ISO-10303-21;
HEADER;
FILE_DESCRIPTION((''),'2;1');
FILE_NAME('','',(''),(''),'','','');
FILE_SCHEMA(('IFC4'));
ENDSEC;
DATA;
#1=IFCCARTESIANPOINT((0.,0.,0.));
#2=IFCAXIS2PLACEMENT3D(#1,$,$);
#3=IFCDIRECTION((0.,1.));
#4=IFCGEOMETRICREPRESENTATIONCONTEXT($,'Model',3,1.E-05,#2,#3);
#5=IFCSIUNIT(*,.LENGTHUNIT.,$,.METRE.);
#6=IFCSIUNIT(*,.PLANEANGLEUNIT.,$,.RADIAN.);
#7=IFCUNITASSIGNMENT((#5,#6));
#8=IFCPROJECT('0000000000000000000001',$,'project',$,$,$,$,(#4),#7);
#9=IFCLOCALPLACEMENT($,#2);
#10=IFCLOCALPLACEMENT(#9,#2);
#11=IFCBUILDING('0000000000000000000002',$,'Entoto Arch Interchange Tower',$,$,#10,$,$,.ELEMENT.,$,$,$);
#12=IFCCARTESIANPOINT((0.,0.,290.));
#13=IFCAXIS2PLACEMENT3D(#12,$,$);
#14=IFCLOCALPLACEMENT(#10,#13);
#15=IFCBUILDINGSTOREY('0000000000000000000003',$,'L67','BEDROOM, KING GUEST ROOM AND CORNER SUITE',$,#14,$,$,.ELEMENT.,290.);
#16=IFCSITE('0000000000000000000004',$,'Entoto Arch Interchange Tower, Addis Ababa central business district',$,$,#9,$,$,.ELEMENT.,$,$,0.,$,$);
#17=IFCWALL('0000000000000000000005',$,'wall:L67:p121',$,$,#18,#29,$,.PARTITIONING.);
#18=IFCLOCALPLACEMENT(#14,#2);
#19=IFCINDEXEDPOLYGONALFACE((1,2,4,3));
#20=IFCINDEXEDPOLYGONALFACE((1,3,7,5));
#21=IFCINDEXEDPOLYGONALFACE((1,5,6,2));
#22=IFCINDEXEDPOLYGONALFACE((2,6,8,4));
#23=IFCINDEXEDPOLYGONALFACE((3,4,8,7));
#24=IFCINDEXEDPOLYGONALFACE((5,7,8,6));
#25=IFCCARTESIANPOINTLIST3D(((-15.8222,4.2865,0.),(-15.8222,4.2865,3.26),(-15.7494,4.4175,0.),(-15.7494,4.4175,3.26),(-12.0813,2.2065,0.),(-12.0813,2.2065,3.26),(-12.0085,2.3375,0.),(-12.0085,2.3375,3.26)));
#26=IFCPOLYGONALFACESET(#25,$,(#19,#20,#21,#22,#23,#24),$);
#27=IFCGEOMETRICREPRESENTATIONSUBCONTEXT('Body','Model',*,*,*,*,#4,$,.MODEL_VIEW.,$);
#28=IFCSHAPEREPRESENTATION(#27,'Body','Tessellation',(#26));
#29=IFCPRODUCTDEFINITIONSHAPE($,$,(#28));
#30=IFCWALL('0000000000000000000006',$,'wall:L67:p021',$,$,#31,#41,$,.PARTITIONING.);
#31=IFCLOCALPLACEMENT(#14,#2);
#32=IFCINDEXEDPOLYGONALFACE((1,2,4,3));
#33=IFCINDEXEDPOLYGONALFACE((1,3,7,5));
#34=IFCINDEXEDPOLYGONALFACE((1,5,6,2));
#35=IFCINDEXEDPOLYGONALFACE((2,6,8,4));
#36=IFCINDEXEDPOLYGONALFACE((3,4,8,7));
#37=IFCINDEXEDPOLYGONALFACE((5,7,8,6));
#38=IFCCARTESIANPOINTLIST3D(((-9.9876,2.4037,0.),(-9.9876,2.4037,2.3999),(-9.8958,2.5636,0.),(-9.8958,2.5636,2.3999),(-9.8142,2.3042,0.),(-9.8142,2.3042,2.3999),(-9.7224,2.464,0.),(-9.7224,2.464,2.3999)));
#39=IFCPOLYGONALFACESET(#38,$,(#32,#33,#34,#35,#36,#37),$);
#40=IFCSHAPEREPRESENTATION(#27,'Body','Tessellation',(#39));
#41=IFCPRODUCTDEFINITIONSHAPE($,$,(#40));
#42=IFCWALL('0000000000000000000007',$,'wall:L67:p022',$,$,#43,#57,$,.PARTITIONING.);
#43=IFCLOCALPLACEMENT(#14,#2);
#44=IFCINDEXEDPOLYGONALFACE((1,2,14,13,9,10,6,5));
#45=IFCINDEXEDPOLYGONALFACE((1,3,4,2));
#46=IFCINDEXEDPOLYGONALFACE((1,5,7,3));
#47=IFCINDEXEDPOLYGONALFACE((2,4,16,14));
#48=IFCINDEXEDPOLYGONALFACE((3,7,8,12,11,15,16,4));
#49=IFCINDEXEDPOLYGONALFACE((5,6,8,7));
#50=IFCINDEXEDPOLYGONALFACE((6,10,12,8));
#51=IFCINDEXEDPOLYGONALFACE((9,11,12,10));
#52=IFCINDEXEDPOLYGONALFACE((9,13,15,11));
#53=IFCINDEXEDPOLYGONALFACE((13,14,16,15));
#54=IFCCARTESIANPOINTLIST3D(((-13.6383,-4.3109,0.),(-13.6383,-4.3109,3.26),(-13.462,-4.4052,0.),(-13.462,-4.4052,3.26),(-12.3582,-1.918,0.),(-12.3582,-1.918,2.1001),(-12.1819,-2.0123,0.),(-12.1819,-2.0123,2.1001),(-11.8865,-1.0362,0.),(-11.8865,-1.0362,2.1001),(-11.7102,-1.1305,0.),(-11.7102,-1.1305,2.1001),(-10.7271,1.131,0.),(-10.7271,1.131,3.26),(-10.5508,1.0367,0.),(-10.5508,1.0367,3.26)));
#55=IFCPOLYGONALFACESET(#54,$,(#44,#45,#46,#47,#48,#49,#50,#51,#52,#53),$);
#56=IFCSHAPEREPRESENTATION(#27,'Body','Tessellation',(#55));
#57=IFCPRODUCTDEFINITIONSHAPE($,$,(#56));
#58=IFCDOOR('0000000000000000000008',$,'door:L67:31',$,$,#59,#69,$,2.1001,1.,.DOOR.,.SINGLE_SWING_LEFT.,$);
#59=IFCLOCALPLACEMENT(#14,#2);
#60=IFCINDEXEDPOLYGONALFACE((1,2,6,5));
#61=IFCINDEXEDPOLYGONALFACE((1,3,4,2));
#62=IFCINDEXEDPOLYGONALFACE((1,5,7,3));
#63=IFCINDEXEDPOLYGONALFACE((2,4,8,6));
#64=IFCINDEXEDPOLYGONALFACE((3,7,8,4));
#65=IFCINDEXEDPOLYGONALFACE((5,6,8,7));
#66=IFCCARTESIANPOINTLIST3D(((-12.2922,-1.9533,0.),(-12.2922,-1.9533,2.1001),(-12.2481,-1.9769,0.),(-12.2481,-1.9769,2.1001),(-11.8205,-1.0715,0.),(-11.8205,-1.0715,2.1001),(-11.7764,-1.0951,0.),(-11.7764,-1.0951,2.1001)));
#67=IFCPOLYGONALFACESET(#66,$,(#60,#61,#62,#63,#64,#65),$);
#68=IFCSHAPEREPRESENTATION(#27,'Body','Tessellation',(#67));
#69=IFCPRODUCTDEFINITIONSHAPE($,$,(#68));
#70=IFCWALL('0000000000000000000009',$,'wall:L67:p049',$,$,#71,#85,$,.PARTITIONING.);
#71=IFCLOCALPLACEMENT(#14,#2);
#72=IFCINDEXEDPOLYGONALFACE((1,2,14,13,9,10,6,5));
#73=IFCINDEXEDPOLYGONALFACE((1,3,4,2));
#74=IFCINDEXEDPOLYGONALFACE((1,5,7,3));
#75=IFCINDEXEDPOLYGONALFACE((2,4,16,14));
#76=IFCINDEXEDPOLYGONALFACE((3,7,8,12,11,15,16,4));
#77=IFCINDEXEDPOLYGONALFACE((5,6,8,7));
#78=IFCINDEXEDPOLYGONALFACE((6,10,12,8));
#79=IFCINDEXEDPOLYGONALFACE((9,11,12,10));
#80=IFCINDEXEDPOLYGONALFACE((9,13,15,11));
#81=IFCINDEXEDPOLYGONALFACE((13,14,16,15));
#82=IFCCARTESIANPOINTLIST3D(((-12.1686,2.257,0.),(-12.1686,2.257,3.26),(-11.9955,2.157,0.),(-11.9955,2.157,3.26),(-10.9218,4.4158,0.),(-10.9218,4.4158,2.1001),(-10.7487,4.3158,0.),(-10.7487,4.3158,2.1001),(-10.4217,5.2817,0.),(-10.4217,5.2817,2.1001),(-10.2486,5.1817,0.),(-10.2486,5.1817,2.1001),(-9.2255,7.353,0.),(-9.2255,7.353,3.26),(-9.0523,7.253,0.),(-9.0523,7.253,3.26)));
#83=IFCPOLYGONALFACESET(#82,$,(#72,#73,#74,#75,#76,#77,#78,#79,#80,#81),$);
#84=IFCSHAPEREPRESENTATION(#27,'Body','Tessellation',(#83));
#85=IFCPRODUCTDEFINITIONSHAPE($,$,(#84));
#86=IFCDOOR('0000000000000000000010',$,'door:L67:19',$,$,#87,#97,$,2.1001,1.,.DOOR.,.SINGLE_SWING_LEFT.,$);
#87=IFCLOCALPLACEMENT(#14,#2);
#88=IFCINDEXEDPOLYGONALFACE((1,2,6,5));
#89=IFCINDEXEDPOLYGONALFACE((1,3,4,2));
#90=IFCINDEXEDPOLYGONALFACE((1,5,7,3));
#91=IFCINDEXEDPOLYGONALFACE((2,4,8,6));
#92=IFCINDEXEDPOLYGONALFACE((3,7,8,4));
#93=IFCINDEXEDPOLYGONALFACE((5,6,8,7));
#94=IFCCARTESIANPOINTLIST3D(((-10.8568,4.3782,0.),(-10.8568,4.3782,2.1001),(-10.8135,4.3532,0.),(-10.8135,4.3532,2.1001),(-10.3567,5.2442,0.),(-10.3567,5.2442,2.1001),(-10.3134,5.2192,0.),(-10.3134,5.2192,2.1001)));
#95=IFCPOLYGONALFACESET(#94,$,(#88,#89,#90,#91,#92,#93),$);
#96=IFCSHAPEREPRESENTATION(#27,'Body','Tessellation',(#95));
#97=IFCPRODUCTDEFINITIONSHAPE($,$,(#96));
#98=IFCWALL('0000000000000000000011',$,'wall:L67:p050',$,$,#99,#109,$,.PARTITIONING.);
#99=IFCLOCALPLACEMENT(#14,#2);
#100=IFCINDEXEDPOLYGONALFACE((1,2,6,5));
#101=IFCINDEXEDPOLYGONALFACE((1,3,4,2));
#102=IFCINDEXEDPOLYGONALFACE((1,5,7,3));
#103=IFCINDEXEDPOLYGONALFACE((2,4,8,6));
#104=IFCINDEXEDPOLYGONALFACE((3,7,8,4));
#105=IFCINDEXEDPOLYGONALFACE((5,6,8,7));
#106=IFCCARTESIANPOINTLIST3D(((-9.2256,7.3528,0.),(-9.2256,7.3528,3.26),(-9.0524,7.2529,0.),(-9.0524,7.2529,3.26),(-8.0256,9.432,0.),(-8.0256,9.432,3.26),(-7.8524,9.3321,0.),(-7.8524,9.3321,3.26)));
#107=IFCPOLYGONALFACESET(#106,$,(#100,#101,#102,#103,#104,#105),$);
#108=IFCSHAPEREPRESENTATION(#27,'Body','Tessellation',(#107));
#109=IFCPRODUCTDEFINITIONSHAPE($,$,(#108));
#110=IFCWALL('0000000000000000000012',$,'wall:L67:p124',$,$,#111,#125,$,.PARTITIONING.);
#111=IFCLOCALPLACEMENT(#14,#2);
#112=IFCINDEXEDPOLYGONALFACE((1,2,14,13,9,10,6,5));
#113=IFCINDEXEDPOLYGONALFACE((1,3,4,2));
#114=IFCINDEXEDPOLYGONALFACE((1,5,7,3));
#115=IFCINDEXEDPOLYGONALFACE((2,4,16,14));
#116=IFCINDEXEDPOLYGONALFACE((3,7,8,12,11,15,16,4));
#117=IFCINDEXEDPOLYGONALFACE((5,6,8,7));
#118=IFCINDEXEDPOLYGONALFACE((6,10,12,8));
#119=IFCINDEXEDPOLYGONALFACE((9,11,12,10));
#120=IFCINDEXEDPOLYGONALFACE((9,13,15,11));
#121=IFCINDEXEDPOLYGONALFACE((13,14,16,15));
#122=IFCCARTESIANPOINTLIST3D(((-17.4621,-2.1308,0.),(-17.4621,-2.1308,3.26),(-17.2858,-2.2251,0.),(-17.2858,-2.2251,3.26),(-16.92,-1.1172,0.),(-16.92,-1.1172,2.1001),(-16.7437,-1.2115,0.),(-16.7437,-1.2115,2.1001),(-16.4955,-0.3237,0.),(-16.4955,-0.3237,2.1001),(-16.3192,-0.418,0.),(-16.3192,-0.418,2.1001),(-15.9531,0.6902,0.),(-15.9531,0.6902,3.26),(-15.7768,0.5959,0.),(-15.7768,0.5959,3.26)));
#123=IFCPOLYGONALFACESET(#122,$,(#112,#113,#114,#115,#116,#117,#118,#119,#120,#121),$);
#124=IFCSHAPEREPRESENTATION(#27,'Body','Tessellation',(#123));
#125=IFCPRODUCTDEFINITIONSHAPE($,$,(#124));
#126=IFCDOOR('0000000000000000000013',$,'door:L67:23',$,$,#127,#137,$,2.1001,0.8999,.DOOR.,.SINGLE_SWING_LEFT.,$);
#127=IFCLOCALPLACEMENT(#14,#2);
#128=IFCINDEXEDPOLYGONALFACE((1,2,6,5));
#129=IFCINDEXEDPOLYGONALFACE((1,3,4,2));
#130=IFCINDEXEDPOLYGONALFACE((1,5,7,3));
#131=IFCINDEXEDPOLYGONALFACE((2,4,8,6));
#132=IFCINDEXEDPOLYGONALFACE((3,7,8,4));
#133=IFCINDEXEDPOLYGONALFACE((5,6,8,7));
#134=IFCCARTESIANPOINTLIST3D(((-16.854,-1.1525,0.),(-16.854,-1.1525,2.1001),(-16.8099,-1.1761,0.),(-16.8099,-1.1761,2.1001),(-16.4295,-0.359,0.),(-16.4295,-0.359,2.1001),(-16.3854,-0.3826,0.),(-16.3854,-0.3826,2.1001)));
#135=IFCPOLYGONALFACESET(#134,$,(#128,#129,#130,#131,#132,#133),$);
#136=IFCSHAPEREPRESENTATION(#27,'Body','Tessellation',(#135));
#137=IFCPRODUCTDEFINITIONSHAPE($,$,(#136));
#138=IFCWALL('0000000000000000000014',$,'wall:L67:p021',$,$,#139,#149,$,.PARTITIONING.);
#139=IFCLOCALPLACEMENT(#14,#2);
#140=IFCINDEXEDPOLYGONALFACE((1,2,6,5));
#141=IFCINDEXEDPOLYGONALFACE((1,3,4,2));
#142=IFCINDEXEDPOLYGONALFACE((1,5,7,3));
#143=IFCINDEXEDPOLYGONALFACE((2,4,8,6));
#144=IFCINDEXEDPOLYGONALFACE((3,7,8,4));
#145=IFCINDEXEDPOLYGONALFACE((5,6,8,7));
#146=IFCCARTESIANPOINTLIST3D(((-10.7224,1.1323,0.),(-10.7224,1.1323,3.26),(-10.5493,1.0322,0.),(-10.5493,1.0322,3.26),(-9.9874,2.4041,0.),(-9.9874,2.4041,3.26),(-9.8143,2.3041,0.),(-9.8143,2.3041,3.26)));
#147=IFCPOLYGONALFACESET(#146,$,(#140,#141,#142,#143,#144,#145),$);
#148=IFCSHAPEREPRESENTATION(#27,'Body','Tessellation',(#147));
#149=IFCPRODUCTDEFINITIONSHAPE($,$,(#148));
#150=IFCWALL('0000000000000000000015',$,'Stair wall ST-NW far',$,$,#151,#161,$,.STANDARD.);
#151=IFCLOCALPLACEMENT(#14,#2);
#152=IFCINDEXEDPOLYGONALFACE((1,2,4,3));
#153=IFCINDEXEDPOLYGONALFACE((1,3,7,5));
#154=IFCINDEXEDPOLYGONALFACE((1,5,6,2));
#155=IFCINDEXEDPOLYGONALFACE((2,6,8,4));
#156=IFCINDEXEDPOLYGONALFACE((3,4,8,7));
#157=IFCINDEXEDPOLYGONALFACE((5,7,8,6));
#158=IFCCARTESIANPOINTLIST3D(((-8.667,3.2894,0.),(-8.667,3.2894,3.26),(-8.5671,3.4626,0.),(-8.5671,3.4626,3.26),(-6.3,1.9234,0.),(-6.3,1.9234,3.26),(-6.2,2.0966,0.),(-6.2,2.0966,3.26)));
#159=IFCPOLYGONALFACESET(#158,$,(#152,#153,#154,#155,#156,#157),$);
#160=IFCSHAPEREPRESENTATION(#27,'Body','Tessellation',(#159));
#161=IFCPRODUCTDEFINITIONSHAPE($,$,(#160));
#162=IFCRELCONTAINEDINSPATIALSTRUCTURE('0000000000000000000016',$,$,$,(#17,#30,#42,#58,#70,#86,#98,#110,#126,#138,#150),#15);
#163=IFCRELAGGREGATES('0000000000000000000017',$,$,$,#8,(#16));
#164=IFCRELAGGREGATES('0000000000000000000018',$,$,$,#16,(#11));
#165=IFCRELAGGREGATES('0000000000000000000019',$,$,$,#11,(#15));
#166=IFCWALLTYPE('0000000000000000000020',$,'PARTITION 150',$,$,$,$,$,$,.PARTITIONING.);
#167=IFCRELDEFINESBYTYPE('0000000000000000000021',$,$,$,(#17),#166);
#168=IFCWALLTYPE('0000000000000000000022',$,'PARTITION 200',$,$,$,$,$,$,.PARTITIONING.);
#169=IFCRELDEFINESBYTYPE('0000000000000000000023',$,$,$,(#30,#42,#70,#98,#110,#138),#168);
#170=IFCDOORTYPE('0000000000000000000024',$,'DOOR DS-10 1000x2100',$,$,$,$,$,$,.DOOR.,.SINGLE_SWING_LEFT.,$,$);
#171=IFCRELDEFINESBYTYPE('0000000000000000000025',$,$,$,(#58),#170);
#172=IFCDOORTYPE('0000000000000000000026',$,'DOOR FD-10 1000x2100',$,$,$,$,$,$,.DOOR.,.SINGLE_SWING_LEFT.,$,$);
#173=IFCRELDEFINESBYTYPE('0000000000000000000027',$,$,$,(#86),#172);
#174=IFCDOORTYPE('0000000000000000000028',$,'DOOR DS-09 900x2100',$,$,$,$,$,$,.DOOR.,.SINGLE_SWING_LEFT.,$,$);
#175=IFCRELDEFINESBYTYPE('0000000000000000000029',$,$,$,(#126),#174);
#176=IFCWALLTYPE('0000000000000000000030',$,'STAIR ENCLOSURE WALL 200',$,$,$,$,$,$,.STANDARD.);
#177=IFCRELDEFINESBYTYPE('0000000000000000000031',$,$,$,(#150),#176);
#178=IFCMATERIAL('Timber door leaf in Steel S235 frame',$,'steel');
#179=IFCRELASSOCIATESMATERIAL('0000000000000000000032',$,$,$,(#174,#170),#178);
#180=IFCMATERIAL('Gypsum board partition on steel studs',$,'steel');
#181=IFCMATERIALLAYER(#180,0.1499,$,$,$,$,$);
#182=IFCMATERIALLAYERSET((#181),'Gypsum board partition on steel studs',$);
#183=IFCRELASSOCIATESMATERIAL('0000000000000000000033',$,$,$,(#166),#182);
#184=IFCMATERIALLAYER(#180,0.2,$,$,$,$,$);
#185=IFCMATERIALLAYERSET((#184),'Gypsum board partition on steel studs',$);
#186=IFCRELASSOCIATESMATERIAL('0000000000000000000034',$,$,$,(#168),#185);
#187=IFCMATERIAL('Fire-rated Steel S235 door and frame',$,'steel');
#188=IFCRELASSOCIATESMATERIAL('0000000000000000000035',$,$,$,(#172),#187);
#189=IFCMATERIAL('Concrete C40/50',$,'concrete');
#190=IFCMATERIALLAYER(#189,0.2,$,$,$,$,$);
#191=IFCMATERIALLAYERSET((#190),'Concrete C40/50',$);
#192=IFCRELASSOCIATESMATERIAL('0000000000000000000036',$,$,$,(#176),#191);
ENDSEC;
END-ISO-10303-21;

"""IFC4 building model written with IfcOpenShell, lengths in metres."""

from ifc_helpers import new_model, si_unit, direction, frame, frame_2d, origin, place, context, subcontext, project, spatial, rectangle, extrude, material, layer, layer_set, type_object, element, fill, save


model = new_model("IFC4")

# Units and contexts
model_context = context("Model", 3, precision=1e-05, world=origin(), true_north=direction((0.0, 1.0)))
body_context = subcontext(model_context, "Body", "Model", "MODEL_VIEW")
ifc_project = project(units=[si_unit("LENGTHUNIT", "METRE"), si_unit("PLANEANGLEUNIT", "RADIAN")], contexts=[model_context])

# Site, building, storey
site_placement = place(None, origin())
site = spatial("IfcSite", under=ifc_project, at=site_placement, Name="Entoto Arch Interchange Tower, Addis Ababa central business district", CompositionType="ELEMENT", RefElevation=0.0)
building_placement = place(site_placement, origin())
building = spatial("IfcBuilding", under=site, at=building_placement, Name="Entoto Arch Interchange Tower", CompositionType="ELEMENT")
storey_placement = place(building_placement, frame((0.0, 0.0, 290.0)))
storey = spatial("IfcBuildingStorey", under=building, at=storey_placement, Name="L67", Description="BEDROOM, KING GUEST ROOM AND CORNER SUITE", CompositionType="ELEMENT", Elevation=290.0)

# Shared definitions
ifc_material_1 = material(Name="Concrete C40/50", Category="concrete")

# Shared definitions
ifc_material_2 = material(Name="Fire-rated Steel S235 door and frame", Category="steel")

# Shared definitions
ifc_material_3 = material(Name="Gypsum board partition on steel studs", Category="steel")
ifc_material_4 = material(Name="Timber door leaf in Steel S235 frame", Category="steel")
door_type_1 = type_object("IfcDoorType", Name="DOOR DS-09 900x2100", OperationType="SINGLE_SWING_LEFT", PredefinedType="DOOR", material=ifc_material_4)

# Walls
ifc_layer_1 = layer(ifc_material_3, 0.1499)
ifc_layer_set_1 = layer_set([ifc_layer_1], Name="Gypsum board partition on steel studs")
wall_type_1 = type_object("IfcWallType", Name="PARTITION 150", PredefinedType="PARTITIONING", material=ifc_layer_set_1)
wall_1_placement = place(storey_placement, frame((-12.0449, 2.272, 0.0), z_axis=(0.0, 0.0, 1.0), x_axis=(-0.873982, 0.485958, 0.0)))
element("IfcWall", 1, at=wall_1_placement, inside=storey, type_object=wall_type_1, Name="wall:L67:p121", PredefinedType="PARTITIONING", context=body_context, shape_type="SweptSolid", body=[
    extrude(rectangle(XDim=4.2803, YDim=0.1499, at=frame_2d((2.1401, 0.0))), origin(), (0.0, 0.0, 1.0), 3.26),
])
ifc_layer_2 = layer(ifc_material_3, 0.2)
ifc_layer_set_2 = layer_set([ifc_layer_2], Name="Gypsum board partition on steel studs")
wall_type_2 = type_object("IfcWallType", Name="PARTITION 200", PredefinedType="PARTITIONING", material=ifc_layer_set_2)
wall_2_placement = place(storey_placement, frame((-9.8091, 2.5139, 0.0), z_axis=(0.0, 0.0, 1.0), x_axis=(-0.497849, -0.867264, 0.0)))
element("IfcWall", 2, at=wall_2_placement, inside=storey, type_object=wall_type_2, Name="wall:L67:p021", PredefinedType="PARTITIONING", context=body_context, shape_type="SweptSolid", body=[
    extrude(rectangle(XDim=0.1843, YDim=0.2, at=frame_2d((0.0923, 0.0))), origin(), (0.0, 0.0, 1.0), 2.3999),
])

# Walls, openings, doors
wall_3_placement = place(storey_placement, frame((-10.6389, 1.084, 0.0), z_axis=(0.0, 0.0, 1.0), x_axis=(-0.471697, -0.881761, 0.0)))
wall_3 = element("IfcWall", 3, at=wall_3_placement, inside=storey, type_object=wall_type_2, Name="wall:L67:p022", PredefinedType="PARTITIONING", context=body_context, shape_type="SweptSolid", body=[
    extrude(rectangle(XDim=6.1716, YDim=0.2, at=frame_2d((3.0859, 0.0))), origin(), (0.0, 0.0, 1.0), 3.26),
])
opening_1_placement = place(wall_3_placement, frame((2.458, 0.0, 0.0)))
opening_1 = element("IfcOpeningElement", 4, at=opening_1_placement, cuts=wall_3, PredefinedType="OPENING", context=body_context, shape_type="SweptSolid", body=[
    extrude(rectangle(XDim=1.0, YDim=2.1001, at=frame_2d((0.5, 1.05))), frame((0.0, 0.1099, 0.0), z_axis=(0.0, -1.0, 0.0), x_axis=(1.0, 0.0, 0.0)), (0.0, 0.0, 1.0), 0.22),
])
door_type_2 = type_object("IfcDoorType", Name="DOOR DS-10 1000x2100", OperationType="SINGLE_SWING_LEFT", PredefinedType="DOOR", material=ifc_material_4)
door_1_placement = place(opening_1_placement, origin())
door_1 = element("IfcDoor", 5, at=door_1_placement, inside=storey, type_object=door_type_2, Name="door:L67:31", OperationType="SINGLE_SWING_LEFT", OverallHeight=2.1001, OverallWidth=1.0, PredefinedType="DOOR", context=body_context, shape_type="SweptSolid", body=[
    extrude(rectangle(XDim=1.0, YDim=2.1001, at=frame_2d((0.5, 1.05))), frame((0.0, 0.0249, 0.0), z_axis=(0.0, -1.0, 0.0), x_axis=(1.0, 0.0, 0.0)), (0.0, 0.0, 1.0), 0.05),
])
fill(opening_1, door_1)
wall_4_placement = place(storey_placement, frame((-12.082, 2.207, 0.0), z_axis=(0.0, 0.0, 1.0), x_axis=(0.500123, 0.865954, 0.0)))
wall_4 = element("IfcWall", 6, at=wall_4_placement, inside=storey, type_object=wall_type_2, Name="wall:L67:p049", PredefinedType="PARTITIONING", context=body_context, shape_type="SweptSolid", body=[
    extrude(rectangle(XDim=5.8848, YDim=0.2, at=frame_2d((2.9424, 0.0))), origin(), (0.0, 0.0, 1.0), 3.26),
])
opening_2_placement = place(wall_4_placement, frame((2.4929, 0.0, 0.0)))
opening_2 = element("IfcOpeningElement", 7, at=opening_2_placement, cuts=wall_4, PredefinedType="OPENING", context=body_context, shape_type="SweptSolid", body=[
    extrude(rectangle(XDim=1.0, YDim=2.1001, at=frame_2d((0.5, 1.05))), frame((0.0, 0.1099, 0.0), z_axis=(0.0, -1.0, 0.0), x_axis=(1.0, 0.0, 0.0)), (0.0, 0.0, 1.0), 0.22),
])
door_type_3 = type_object("IfcDoorType", Name="DOOR FD-10 1000x2100", OperationType="SINGLE_SWING_LEFT", PredefinedType="DOOR", material=ifc_material_2)
door_2_placement = place(opening_2_placement, origin())
door_2 = element("IfcDoor", 8, at=door_2_placement, inside=storey, type_object=door_type_3, Name="door:L67:19", OperationType="SINGLE_SWING_LEFT", OverallHeight=2.1001, OverallWidth=1.0, PredefinedType="DOOR", context=body_context, shape_type="SweptSolid", body=[
    extrude(rectangle(XDim=1.0, YDim=2.1001, at=frame_2d((0.5, 1.05))), frame((0.0, 0.0249, 0.0), z_axis=(0.0, -1.0, 0.0), x_axis=(1.0, 0.0, 0.0)), (0.0, 0.0, 1.0), 0.05),
])
fill(opening_2, door_2)

# Wall
wall_5_placement = place(storey_placement, frame((-9.1389, 7.303, 0.0), z_axis=(0.0, 0.0, 1.0), x_axis=(0.499869, 0.866101, 0.0)))
element("IfcWall", 9, at=wall_5_placement, inside=storey, type_object=wall_type_2, Name="wall:L67:p050", PredefinedType="PARTITIONING", context=body_context, shape_type="SweptSolid", body=[
    extrude(rectangle(XDim=2.4006, YDim=0.2, at=frame_2d((1.2002, 0.0))), origin(), (0.0, 0.0, 1.0), 3.26),
])

# Wall, opening, door
wall_6_placement = place(storey_placement, frame((-15.865, 0.6431, 0.0), z_axis=(0.0, 0.0, 1.0), x_axis=(-0.471677, -0.881771, 0.0)))
wall_6 = element("IfcWall", 10, at=wall_6_placement, inside=storey, type_object=wall_type_2, Name="wall:L67:p124", PredefinedType="PARTITIONING", context=body_context, shape_type="SweptSolid", body=[
    extrude(rectangle(XDim=3.1992, YDim=0.2, at=frame_2d((1.5996, 0.0))), origin(), (0.0, 0.0, 1.0), 3.26),
])
opening_3_placement = place(wall_6_placement, frame((1.1499, 0.0, 0.0)))
opening_3 = element("IfcOpeningElement", 11, at=opening_3_placement, cuts=wall_6, PredefinedType="OPENING", context=body_context, shape_type="SweptSolid", body=[
    extrude(rectangle(XDim=0.8999, YDim=2.1001, at=frame_2d((0.45, 1.05))), frame((0.0, 0.1099, 0.0), z_axis=(0.0, -1.0, 0.0), x_axis=(1.0, 0.0, 0.0)), (0.0, 0.0, 1.0), 0.22),
])
door_3_placement = place(opening_3_placement, origin())
door_3 = element("IfcDoor", 12, at=door_3_placement, inside=storey, type_object=door_type_1, Name="door:L67:23", OperationType="SINGLE_SWING_LEFT", OverallHeight=2.1001, OverallWidth=0.8999, PredefinedType="DOOR", context=body_context, shape_type="SweptSolid", body=[
    extrude(rectangle(XDim=0.8999, YDim=2.1001, at=frame_2d((0.45, 1.05))), frame((0.0, 0.0249, 0.0), z_axis=(0.0, -1.0, 0.0), x_axis=(1.0, 0.0, 0.0)), (0.0, 0.0, 1.0), 0.05),
])
fill(opening_3, door_3)

# Walls
wall_7_placement = place(storey_placement, frame((-9.9009, 2.354, 0.0), z_axis=(0.0, 0.0, 1.0), x_axis=(-0.500374, -0.865809, 0.0)))
element("IfcWall", 13, at=wall_7_placement, inside=storey, type_object=wall_type_2, Name="wall:L67:p021", PredefinedType="PARTITIONING", context=body_context, shape_type="SweptSolid", body=[
    extrude(rectangle(XDim=1.469, YDim=0.2, at=frame_2d((0.7344, 0.0))), origin(), (0.0, 0.0, 1.0), 3.26),
])
ifc_layer_3 = layer(ifc_material_1, 0.2)
ifc_layer_set_3 = layer_set([ifc_layer_3], Name="Concrete C40/50")
wall_type_3 = type_object("IfcWallType", Name="STAIR ENCLOSURE WALL 200", PredefinedType="STANDARD", material=ifc_layer_set_3)
wall_8_placement = place(storey_placement, frame((-6.25, 2.01, 0.0), z_axis=(0.0, 0.0, 1.0), x_axis=(-0.866119, 0.499838, 0.0)))
element("IfcWall", 14, at=wall_8_placement, inside=storey, type_object=wall_type_3, Name="Stair wall ST-NW far", PredefinedType="STANDARD", context=body_context, shape_type="SweptSolid", body=[
    extrude(rectangle(XDim=2.7329, YDim=0.2, at=frame_2d((1.3665, 0.0))), origin(), (0.0, 0.0, 1.0), 3.26),
])

save(model, "model.ifc")
